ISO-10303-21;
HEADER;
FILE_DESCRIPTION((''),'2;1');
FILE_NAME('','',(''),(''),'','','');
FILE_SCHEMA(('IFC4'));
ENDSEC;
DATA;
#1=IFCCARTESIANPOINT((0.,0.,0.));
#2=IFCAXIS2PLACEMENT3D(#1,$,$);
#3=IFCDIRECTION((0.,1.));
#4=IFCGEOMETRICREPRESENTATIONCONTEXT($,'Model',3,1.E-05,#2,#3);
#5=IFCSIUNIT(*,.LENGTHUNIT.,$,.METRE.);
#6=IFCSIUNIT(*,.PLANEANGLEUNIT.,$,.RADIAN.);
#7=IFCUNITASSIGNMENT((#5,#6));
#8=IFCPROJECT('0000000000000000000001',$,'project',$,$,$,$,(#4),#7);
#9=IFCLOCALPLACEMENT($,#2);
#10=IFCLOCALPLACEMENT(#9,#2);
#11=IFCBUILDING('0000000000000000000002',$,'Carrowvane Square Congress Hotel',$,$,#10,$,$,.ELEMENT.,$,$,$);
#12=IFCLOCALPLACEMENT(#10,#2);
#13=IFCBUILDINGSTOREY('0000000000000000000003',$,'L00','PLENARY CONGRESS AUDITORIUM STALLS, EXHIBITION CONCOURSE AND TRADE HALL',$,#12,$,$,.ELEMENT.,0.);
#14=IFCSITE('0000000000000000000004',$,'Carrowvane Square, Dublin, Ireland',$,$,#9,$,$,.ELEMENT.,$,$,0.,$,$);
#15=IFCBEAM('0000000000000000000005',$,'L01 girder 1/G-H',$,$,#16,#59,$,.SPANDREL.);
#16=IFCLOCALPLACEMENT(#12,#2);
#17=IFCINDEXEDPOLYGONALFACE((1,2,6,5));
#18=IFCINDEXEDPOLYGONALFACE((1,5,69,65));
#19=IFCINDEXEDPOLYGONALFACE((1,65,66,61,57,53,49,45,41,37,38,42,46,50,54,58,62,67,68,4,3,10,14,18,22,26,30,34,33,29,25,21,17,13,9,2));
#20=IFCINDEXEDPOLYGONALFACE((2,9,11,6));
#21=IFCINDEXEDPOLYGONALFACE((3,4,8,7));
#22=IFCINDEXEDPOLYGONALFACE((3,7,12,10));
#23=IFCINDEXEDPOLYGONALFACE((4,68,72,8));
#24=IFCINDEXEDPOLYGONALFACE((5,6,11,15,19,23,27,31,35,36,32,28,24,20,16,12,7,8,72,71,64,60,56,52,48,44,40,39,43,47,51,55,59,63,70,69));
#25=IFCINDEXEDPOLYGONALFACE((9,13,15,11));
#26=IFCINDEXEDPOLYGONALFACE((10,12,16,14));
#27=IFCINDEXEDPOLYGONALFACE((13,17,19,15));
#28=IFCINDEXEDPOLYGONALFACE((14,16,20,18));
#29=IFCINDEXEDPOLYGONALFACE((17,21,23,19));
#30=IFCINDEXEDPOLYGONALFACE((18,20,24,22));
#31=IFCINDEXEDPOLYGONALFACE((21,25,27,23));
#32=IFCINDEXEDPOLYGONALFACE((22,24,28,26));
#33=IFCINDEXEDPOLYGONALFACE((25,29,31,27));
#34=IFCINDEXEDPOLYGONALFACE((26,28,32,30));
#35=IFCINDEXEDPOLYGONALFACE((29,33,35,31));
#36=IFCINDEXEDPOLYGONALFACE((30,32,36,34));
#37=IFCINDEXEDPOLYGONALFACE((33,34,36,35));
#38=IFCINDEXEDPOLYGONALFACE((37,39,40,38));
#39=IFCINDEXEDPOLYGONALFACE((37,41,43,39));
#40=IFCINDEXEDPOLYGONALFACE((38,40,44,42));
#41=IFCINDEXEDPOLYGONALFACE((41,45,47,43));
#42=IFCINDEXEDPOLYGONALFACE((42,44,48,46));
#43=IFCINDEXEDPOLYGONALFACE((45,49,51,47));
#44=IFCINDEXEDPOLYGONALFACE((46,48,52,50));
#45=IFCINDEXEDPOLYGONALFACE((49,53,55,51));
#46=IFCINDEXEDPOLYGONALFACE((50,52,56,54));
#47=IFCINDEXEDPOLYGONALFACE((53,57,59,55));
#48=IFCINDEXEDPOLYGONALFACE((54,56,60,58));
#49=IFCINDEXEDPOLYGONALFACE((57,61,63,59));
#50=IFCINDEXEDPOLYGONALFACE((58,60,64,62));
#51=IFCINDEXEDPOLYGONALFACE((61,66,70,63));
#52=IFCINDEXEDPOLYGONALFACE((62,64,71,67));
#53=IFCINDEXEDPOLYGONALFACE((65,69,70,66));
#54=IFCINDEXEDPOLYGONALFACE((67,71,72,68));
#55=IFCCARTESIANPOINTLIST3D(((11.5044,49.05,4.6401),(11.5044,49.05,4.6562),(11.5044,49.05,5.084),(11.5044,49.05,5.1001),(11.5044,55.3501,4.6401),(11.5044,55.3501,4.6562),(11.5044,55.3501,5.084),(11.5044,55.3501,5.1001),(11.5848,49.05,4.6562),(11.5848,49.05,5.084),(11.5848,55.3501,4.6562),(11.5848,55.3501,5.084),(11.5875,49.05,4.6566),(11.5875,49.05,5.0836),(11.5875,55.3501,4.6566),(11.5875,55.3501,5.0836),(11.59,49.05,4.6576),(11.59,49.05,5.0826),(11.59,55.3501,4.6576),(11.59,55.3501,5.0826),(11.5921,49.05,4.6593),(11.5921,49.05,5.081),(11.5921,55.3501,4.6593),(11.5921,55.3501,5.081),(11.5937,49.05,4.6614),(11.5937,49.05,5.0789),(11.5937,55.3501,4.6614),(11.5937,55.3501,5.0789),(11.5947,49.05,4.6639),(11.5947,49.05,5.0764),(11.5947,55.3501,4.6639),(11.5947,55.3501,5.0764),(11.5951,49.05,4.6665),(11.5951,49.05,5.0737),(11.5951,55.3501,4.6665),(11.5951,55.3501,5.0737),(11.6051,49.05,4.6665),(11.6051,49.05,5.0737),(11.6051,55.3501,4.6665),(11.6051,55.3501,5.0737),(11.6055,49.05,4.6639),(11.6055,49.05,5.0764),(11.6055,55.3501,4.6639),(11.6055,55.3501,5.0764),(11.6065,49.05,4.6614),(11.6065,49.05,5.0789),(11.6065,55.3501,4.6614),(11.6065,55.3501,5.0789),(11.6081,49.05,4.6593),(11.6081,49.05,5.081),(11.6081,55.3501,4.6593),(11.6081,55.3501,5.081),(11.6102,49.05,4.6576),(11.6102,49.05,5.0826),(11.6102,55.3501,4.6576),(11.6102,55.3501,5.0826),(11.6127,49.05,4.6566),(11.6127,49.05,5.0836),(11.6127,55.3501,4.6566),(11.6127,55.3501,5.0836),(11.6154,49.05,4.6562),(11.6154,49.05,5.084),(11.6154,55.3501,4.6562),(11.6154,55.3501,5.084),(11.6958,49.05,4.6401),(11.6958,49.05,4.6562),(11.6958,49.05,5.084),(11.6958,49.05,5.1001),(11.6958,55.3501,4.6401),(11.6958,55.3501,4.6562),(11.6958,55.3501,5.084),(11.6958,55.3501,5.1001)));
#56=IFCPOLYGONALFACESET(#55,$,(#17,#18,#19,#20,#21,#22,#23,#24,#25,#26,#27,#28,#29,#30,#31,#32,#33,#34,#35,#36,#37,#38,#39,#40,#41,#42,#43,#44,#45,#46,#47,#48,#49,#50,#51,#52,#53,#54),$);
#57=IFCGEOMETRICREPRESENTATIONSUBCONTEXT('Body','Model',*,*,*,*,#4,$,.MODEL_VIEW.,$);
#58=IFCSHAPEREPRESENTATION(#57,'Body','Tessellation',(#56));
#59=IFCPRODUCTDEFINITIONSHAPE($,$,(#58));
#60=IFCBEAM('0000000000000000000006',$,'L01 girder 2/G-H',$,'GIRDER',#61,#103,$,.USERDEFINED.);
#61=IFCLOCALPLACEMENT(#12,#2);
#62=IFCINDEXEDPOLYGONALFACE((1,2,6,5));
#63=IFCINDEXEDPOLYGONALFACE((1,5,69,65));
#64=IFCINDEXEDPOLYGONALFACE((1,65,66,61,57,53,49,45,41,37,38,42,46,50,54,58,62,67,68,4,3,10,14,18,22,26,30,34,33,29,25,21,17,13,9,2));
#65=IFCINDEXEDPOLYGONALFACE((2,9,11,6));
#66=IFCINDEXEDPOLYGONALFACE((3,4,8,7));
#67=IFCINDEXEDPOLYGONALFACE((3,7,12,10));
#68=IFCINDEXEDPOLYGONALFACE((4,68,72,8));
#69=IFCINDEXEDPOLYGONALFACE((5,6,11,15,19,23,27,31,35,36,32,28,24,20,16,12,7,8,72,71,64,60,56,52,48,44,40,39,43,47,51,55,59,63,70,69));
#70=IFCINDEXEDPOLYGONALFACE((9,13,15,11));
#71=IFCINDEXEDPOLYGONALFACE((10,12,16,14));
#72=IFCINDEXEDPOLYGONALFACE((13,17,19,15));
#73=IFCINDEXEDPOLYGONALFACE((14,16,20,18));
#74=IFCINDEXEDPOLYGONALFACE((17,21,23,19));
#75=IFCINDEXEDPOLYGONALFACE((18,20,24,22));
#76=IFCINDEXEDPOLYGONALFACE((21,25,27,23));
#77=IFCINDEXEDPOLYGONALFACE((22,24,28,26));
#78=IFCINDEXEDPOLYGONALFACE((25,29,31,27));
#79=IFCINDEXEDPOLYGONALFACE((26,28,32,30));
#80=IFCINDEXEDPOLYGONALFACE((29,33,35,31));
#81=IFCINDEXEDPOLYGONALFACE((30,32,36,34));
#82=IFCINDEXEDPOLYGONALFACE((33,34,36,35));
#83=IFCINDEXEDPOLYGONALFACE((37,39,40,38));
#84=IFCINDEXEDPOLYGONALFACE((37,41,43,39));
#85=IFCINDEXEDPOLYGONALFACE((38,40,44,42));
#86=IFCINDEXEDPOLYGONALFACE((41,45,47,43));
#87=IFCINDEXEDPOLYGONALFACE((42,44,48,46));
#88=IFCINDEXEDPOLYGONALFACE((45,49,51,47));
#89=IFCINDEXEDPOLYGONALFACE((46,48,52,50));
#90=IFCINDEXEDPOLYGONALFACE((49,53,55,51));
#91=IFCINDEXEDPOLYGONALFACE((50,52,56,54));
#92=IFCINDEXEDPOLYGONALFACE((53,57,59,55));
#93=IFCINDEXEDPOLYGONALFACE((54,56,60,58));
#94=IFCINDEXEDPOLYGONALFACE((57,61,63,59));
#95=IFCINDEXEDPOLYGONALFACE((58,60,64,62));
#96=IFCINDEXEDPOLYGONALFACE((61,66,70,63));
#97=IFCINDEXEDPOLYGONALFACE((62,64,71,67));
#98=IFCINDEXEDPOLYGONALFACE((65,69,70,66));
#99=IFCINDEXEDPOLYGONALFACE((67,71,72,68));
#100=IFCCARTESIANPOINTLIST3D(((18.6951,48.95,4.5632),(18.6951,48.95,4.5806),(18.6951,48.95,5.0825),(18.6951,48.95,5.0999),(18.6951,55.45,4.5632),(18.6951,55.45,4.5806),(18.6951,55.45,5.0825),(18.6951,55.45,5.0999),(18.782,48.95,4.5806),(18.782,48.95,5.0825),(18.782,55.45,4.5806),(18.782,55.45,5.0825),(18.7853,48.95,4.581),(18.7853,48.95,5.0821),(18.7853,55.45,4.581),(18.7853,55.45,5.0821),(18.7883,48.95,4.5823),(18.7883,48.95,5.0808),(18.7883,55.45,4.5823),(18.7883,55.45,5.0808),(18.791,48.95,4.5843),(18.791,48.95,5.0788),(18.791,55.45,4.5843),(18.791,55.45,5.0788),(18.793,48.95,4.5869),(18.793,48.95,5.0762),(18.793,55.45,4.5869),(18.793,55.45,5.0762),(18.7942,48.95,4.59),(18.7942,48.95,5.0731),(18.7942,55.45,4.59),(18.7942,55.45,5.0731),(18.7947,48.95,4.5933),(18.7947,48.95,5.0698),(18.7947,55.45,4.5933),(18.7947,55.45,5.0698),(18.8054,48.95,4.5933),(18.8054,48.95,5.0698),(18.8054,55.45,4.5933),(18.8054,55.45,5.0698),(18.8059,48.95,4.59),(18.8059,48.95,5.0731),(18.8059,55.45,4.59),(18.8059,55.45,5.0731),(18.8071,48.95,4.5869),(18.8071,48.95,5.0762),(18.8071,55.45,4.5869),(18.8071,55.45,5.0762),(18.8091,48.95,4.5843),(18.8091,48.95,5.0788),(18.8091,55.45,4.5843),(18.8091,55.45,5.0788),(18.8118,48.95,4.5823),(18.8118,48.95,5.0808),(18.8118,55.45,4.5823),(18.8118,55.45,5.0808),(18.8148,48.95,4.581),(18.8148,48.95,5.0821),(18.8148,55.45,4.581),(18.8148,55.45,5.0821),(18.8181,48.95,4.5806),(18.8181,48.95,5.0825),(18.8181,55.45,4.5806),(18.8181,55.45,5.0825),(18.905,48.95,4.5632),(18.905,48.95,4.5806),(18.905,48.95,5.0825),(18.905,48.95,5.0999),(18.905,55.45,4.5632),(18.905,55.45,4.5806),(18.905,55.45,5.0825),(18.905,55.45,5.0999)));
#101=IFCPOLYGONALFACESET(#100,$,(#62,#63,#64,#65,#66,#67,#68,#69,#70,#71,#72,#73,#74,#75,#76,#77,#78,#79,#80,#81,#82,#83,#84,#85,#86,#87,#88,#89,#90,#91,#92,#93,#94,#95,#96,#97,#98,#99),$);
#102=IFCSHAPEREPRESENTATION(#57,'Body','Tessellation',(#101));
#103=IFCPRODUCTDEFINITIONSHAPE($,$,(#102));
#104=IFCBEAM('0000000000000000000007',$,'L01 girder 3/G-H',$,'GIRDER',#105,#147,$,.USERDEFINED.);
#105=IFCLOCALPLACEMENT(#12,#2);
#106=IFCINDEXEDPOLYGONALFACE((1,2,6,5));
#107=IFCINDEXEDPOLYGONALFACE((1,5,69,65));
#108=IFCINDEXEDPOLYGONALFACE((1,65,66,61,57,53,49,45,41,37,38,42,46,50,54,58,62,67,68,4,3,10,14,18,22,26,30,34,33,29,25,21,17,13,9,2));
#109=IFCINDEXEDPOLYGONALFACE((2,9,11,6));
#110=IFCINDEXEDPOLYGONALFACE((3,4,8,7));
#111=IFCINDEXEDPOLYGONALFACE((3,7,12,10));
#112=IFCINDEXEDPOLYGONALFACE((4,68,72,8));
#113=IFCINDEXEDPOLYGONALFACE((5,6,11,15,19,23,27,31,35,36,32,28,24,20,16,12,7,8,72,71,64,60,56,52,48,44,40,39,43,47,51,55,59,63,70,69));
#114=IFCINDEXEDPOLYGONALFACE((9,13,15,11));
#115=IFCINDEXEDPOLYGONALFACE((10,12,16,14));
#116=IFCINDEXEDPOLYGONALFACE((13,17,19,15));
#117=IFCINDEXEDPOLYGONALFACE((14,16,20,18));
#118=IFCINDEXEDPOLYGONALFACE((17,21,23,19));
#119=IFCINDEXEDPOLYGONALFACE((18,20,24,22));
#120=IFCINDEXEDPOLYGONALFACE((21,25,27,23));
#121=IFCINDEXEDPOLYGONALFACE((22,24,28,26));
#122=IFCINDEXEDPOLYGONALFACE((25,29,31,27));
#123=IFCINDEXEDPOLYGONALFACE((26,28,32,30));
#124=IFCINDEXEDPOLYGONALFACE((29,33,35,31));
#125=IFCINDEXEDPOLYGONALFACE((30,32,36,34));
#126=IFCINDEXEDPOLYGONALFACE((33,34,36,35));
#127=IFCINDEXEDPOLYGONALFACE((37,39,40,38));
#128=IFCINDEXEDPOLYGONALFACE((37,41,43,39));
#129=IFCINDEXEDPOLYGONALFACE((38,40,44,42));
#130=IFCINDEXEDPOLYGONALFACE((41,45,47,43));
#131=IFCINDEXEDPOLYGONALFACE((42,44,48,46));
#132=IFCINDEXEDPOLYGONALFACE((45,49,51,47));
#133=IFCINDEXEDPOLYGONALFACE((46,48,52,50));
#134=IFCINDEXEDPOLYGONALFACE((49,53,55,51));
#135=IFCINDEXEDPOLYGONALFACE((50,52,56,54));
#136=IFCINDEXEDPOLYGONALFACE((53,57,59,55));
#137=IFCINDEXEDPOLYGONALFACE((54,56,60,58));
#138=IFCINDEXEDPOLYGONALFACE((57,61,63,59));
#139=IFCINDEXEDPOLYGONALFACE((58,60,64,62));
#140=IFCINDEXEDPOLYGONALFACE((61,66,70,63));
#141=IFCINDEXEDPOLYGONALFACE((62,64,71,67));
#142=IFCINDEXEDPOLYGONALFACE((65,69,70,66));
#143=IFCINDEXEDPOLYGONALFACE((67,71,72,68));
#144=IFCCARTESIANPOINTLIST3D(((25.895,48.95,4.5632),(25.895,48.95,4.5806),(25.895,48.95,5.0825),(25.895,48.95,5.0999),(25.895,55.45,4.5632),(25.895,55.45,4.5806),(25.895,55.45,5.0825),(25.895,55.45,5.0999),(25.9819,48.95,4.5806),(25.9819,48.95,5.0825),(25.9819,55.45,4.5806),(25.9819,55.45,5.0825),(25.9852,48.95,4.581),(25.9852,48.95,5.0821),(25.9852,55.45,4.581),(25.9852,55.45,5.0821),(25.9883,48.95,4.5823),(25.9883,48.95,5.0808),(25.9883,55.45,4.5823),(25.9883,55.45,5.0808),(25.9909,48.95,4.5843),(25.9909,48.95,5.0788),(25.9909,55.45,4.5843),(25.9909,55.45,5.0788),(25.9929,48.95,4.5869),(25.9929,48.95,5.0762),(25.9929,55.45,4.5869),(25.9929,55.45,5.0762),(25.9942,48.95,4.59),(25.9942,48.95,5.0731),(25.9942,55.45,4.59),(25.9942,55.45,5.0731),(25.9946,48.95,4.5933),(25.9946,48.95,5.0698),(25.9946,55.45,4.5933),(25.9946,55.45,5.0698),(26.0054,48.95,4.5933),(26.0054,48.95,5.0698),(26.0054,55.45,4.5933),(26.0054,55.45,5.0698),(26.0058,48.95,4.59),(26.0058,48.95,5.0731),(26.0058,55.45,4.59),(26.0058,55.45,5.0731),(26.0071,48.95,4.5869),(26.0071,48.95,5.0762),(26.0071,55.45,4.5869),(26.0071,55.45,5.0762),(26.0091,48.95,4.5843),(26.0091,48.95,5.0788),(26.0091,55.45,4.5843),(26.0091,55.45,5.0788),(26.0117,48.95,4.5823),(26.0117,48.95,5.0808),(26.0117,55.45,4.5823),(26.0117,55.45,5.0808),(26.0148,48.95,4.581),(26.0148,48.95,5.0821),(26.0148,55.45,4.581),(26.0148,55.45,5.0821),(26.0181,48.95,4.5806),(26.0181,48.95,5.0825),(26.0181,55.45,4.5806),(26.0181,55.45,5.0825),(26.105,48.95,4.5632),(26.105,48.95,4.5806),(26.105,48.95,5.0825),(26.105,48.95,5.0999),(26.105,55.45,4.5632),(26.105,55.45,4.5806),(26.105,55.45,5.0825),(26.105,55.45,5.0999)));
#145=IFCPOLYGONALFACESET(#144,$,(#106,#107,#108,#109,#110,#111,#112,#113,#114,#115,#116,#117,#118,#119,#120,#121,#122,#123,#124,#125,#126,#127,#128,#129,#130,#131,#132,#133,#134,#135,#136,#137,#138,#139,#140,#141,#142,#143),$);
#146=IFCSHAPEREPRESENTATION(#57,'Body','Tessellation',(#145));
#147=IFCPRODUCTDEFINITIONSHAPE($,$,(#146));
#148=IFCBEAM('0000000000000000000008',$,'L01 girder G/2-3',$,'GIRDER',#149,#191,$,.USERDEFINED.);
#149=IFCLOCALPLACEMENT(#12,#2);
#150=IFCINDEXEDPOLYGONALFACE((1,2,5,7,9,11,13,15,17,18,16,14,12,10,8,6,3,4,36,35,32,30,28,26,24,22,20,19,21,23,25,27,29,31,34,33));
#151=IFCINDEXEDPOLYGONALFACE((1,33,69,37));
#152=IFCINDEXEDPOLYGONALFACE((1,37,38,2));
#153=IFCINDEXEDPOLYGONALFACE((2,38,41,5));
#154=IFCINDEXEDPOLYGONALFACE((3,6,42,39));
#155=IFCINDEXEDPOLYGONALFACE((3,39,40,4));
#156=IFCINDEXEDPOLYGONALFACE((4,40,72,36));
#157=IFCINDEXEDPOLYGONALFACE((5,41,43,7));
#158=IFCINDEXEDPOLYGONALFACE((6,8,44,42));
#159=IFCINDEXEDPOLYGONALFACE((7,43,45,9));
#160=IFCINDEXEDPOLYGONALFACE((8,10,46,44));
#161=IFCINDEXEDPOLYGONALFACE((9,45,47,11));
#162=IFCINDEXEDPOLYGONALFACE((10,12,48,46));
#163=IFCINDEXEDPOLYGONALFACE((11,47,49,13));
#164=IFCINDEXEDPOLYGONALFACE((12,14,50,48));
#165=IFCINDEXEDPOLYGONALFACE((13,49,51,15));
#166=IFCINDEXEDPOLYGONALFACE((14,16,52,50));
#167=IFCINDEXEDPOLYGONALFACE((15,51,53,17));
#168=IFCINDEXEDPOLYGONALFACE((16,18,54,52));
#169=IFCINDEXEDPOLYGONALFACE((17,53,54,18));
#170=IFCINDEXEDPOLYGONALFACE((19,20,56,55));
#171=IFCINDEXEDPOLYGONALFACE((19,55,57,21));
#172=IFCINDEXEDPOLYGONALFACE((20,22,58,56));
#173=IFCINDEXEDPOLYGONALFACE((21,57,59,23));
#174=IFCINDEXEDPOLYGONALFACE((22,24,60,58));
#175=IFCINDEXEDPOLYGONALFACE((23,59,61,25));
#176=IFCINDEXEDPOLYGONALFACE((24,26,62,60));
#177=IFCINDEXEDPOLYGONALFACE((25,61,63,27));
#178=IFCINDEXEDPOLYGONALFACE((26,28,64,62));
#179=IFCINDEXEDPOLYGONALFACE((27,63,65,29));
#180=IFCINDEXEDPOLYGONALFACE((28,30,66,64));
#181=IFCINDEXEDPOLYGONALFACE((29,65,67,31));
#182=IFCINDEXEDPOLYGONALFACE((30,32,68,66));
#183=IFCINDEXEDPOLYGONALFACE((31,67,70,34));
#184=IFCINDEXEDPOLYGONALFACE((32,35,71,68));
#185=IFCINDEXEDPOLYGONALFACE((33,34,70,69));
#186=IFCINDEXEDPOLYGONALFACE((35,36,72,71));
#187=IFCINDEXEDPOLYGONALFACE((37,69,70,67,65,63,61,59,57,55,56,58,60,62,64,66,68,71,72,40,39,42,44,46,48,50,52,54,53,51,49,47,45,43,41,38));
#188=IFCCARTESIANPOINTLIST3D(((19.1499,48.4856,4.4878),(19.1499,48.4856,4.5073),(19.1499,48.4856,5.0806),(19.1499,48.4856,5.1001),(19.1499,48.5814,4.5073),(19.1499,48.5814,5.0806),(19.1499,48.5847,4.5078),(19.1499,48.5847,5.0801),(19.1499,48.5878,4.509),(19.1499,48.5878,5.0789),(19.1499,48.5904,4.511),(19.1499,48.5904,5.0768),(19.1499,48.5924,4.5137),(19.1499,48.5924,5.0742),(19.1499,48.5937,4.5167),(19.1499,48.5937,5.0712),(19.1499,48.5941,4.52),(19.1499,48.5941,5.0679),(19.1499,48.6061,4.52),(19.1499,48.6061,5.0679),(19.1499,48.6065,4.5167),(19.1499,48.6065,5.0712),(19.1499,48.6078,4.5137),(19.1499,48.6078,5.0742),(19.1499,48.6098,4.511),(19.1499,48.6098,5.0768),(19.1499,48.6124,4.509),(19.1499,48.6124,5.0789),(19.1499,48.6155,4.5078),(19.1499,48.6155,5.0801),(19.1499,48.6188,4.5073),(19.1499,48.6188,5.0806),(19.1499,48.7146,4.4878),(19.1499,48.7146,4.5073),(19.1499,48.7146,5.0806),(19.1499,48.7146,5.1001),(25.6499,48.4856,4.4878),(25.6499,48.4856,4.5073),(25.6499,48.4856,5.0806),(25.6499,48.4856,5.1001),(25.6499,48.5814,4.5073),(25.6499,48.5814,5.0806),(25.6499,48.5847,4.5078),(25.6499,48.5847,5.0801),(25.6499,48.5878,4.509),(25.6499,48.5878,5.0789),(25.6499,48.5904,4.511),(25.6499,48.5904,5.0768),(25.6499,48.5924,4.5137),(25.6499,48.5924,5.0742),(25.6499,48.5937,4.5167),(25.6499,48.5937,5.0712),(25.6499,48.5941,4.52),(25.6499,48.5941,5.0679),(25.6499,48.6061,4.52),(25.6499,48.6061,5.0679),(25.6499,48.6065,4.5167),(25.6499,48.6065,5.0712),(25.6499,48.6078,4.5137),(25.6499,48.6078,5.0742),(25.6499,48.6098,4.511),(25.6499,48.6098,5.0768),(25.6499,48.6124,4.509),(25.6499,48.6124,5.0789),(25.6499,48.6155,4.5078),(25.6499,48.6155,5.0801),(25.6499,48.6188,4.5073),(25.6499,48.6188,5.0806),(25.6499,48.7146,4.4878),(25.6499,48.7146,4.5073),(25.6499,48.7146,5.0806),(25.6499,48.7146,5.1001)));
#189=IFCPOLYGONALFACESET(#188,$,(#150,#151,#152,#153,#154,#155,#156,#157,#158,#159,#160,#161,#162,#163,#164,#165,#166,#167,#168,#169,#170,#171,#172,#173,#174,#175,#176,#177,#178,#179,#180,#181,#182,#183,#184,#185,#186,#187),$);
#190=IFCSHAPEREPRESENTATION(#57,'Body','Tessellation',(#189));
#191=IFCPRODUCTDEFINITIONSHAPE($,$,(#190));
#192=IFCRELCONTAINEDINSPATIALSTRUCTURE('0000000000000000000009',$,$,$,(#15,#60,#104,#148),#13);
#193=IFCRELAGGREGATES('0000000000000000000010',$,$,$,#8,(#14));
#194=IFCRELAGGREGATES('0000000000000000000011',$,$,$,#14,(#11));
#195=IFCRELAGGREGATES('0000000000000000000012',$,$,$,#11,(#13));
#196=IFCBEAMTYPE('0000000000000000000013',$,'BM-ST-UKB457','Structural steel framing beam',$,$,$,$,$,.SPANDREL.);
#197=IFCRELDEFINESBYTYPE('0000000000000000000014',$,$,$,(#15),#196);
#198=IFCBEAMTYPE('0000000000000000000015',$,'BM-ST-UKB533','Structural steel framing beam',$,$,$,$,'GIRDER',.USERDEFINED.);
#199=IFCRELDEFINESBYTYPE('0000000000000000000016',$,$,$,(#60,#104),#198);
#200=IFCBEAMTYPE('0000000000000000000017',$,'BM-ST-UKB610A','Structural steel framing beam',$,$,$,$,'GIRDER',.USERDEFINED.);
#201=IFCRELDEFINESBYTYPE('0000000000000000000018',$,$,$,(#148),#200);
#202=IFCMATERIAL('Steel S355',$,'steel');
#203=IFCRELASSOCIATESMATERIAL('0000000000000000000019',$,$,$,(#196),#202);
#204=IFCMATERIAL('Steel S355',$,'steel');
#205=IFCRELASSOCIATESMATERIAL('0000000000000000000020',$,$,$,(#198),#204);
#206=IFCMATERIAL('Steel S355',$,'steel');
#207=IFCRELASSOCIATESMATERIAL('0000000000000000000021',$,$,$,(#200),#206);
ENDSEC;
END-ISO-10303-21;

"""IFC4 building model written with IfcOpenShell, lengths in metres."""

from ifc_helpers import new_model, si_unit, direction, frame, origin, origin_2d, place, context, subcontext, project, spatial, i_section, extrude, material, material_profile, profile_set, type_object, element, save


model = new_model("IFC4")

# Units and contexts
model_context = context("Model", 3, precision=1e-05, world=origin(), true_north=direction((0.0, 1.0)))
body_context = subcontext(model_context, "Body", "Model", "MODEL_VIEW")
ifc_project = project(units=[si_unit("LENGTHUNIT", "METRE"), si_unit("PLANEANGLEUNIT", "RADIAN")], contexts=[model_context])

# Site, building, storey
site_placement = place(None, origin())
site = spatial("IfcSite", under=ifc_project, at=site_placement, Name="Carrowvane Square, Dublin, Ireland", CompositionType="ELEMENT", RefElevation=0.0)
building_placement = place(site_placement, origin())
building = spatial("IfcBuilding", under=site, at=building_placement, Name="Carrowvane Square Congress Hotel", CompositionType="ELEMENT")
storey_placement = place(building_placement, origin())
storey = spatial("IfcBuildingStorey", under=building, at=storey_placement, Name="L00", Description="PLENARY CONGRESS AUDITORIUM STALLS, EXHIBITION CONCOURSE AND TRADE HALL", CompositionType="ELEMENT", Elevation=0.0)

# Beams
ifc_material_1 = material(Name="Steel S355", Category="steel")
ifc_material_profile_1 = material_profile(ifc_material_1, i_section(OverallWidth=0.1914, OverallDepth=0.46, WebThickness=0.01, FlangeThickness=0.0161, FilletRadius=0.0103, at=origin_2d()), Name="UKB 457x191x82")
ifc_profile_set_1 = profile_set([ifc_material_profile_1], Name="Steel S355")
beam_type_1 = type_object("IfcBeamType", Name="BM-ST-UKB457", Description="Structural steel framing beam", PredefinedType="SPANDREL", material=ifc_profile_set_1)
beam_1_placement = place(storey_placement, frame((11.6001, 49.05, 4.8701), z_axis=(0.0, 1.0, 0.0), x_axis=(-1.0, 0.0, 0.0)))
element("IfcBeam", 1, at=beam_1_placement, inside=storey, type_object=beam_type_1, Name="L01 girder 1/G-H", PredefinedType="SPANDREL", context=body_context, shape_type="SweptSolid", body=[
    extrude(i_section(OverallWidth=0.1914, OverallDepth=0.46, WebThickness=0.01, FlangeThickness=0.0161, FilletRadius=0.0103, at=origin_2d()), origin(), (0.0, 0.0, 1.0), 6.3),
])
ifc_material_2 = material(Name="Steel S355", Category="steel")
ifc_material_profile_2 = material_profile(ifc_material_2, i_section(OverallWidth=0.21, OverallDepth=0.5366, WebThickness=0.0107, FlangeThickness=0.0173, FilletRadius=0.0127, at=origin_2d()), Name="UKB 533x210x101")
ifc_profile_set_2 = profile_set([ifc_material_profile_2], Name="Steel S355")
beam_type_2 = type_object("IfcBeamType", Name="BM-ST-UKB533", Description="Structural steel framing beam", ElementType="GIRDER", PredefinedType="USERDEFINED", material=ifc_profile_set_2)
for number, where, z_axis, x_axis, name in (
    (2, (18.8, 48.95, 4.8315), (0.0, 1.0, 0.0), (-1.0, 0.0, 0.0), "L01 girder 2/G-H"),
    (3, (26.0, 48.95, 4.8315), (0.0, 1.0, 0.0), (-1.0, 0.0, 0.0), "L01 girder 3/G-H"),
):
    element("IfcBeam", number, at=place(storey_placement, frame(where, z_axis=z_axis, x_axis=x_axis)), inside=storey, type_object=beam_type_2, Name=name, ObjectType="GIRDER", PredefinedType="USERDEFINED", context=body_context, shape_type="SweptSolid", body=[
        extrude(i_section(OverallWidth=0.21, OverallDepth=0.5366, WebThickness=0.0107, FlangeThickness=0.0173, FilletRadius=0.0127, at=origin_2d()), origin(), (0.0, 0.0, 1.0), 6.5),
    ])
ifc_material_3 = material(Name="Steel S355", Category="steel")
ifc_material_profile_3 = material_profile(ifc_material_3, i_section(OverallWidth=0.229, OverallDepth=0.6123, WebThickness=0.012, FlangeThickness=0.0195, FilletRadius=0.0127, at=origin_2d()), Name="UKB 610x229x125")
ifc_profile_set_3 = profile_set([ifc_material_profile_3], Name="Steel S355")
beam_type_3 = type_object("IfcBeamType", Name="BM-ST-UKB610A", Description="Structural steel framing beam", ElementType="GIRDER", PredefinedType="USERDEFINED", material=ifc_profile_set_3)
beam_2_placement = place(storey_placement, frame((19.1499, 48.6001, 4.7939), z_axis=(1.0, 0.0, 0.0), x_axis=(0.0, 1.0, 0.0)))
element("IfcBeam", 4, at=beam_2_placement, inside=storey, type_object=beam_type_3, Name="L01 girder G/2-3", ObjectType="GIRDER", PredefinedType="USERDEFINED", context=body_context, shape_type="SweptSolid", body=[
    extrude(i_section(OverallWidth=0.229, OverallDepth=0.6123, WebThickness=0.012, FlangeThickness=0.0195, FilletRadius=0.0127, at=origin_2d()), origin(), (0.0, 0.0, 1.0), 6.5),
])

save(model, "model.ifc")
